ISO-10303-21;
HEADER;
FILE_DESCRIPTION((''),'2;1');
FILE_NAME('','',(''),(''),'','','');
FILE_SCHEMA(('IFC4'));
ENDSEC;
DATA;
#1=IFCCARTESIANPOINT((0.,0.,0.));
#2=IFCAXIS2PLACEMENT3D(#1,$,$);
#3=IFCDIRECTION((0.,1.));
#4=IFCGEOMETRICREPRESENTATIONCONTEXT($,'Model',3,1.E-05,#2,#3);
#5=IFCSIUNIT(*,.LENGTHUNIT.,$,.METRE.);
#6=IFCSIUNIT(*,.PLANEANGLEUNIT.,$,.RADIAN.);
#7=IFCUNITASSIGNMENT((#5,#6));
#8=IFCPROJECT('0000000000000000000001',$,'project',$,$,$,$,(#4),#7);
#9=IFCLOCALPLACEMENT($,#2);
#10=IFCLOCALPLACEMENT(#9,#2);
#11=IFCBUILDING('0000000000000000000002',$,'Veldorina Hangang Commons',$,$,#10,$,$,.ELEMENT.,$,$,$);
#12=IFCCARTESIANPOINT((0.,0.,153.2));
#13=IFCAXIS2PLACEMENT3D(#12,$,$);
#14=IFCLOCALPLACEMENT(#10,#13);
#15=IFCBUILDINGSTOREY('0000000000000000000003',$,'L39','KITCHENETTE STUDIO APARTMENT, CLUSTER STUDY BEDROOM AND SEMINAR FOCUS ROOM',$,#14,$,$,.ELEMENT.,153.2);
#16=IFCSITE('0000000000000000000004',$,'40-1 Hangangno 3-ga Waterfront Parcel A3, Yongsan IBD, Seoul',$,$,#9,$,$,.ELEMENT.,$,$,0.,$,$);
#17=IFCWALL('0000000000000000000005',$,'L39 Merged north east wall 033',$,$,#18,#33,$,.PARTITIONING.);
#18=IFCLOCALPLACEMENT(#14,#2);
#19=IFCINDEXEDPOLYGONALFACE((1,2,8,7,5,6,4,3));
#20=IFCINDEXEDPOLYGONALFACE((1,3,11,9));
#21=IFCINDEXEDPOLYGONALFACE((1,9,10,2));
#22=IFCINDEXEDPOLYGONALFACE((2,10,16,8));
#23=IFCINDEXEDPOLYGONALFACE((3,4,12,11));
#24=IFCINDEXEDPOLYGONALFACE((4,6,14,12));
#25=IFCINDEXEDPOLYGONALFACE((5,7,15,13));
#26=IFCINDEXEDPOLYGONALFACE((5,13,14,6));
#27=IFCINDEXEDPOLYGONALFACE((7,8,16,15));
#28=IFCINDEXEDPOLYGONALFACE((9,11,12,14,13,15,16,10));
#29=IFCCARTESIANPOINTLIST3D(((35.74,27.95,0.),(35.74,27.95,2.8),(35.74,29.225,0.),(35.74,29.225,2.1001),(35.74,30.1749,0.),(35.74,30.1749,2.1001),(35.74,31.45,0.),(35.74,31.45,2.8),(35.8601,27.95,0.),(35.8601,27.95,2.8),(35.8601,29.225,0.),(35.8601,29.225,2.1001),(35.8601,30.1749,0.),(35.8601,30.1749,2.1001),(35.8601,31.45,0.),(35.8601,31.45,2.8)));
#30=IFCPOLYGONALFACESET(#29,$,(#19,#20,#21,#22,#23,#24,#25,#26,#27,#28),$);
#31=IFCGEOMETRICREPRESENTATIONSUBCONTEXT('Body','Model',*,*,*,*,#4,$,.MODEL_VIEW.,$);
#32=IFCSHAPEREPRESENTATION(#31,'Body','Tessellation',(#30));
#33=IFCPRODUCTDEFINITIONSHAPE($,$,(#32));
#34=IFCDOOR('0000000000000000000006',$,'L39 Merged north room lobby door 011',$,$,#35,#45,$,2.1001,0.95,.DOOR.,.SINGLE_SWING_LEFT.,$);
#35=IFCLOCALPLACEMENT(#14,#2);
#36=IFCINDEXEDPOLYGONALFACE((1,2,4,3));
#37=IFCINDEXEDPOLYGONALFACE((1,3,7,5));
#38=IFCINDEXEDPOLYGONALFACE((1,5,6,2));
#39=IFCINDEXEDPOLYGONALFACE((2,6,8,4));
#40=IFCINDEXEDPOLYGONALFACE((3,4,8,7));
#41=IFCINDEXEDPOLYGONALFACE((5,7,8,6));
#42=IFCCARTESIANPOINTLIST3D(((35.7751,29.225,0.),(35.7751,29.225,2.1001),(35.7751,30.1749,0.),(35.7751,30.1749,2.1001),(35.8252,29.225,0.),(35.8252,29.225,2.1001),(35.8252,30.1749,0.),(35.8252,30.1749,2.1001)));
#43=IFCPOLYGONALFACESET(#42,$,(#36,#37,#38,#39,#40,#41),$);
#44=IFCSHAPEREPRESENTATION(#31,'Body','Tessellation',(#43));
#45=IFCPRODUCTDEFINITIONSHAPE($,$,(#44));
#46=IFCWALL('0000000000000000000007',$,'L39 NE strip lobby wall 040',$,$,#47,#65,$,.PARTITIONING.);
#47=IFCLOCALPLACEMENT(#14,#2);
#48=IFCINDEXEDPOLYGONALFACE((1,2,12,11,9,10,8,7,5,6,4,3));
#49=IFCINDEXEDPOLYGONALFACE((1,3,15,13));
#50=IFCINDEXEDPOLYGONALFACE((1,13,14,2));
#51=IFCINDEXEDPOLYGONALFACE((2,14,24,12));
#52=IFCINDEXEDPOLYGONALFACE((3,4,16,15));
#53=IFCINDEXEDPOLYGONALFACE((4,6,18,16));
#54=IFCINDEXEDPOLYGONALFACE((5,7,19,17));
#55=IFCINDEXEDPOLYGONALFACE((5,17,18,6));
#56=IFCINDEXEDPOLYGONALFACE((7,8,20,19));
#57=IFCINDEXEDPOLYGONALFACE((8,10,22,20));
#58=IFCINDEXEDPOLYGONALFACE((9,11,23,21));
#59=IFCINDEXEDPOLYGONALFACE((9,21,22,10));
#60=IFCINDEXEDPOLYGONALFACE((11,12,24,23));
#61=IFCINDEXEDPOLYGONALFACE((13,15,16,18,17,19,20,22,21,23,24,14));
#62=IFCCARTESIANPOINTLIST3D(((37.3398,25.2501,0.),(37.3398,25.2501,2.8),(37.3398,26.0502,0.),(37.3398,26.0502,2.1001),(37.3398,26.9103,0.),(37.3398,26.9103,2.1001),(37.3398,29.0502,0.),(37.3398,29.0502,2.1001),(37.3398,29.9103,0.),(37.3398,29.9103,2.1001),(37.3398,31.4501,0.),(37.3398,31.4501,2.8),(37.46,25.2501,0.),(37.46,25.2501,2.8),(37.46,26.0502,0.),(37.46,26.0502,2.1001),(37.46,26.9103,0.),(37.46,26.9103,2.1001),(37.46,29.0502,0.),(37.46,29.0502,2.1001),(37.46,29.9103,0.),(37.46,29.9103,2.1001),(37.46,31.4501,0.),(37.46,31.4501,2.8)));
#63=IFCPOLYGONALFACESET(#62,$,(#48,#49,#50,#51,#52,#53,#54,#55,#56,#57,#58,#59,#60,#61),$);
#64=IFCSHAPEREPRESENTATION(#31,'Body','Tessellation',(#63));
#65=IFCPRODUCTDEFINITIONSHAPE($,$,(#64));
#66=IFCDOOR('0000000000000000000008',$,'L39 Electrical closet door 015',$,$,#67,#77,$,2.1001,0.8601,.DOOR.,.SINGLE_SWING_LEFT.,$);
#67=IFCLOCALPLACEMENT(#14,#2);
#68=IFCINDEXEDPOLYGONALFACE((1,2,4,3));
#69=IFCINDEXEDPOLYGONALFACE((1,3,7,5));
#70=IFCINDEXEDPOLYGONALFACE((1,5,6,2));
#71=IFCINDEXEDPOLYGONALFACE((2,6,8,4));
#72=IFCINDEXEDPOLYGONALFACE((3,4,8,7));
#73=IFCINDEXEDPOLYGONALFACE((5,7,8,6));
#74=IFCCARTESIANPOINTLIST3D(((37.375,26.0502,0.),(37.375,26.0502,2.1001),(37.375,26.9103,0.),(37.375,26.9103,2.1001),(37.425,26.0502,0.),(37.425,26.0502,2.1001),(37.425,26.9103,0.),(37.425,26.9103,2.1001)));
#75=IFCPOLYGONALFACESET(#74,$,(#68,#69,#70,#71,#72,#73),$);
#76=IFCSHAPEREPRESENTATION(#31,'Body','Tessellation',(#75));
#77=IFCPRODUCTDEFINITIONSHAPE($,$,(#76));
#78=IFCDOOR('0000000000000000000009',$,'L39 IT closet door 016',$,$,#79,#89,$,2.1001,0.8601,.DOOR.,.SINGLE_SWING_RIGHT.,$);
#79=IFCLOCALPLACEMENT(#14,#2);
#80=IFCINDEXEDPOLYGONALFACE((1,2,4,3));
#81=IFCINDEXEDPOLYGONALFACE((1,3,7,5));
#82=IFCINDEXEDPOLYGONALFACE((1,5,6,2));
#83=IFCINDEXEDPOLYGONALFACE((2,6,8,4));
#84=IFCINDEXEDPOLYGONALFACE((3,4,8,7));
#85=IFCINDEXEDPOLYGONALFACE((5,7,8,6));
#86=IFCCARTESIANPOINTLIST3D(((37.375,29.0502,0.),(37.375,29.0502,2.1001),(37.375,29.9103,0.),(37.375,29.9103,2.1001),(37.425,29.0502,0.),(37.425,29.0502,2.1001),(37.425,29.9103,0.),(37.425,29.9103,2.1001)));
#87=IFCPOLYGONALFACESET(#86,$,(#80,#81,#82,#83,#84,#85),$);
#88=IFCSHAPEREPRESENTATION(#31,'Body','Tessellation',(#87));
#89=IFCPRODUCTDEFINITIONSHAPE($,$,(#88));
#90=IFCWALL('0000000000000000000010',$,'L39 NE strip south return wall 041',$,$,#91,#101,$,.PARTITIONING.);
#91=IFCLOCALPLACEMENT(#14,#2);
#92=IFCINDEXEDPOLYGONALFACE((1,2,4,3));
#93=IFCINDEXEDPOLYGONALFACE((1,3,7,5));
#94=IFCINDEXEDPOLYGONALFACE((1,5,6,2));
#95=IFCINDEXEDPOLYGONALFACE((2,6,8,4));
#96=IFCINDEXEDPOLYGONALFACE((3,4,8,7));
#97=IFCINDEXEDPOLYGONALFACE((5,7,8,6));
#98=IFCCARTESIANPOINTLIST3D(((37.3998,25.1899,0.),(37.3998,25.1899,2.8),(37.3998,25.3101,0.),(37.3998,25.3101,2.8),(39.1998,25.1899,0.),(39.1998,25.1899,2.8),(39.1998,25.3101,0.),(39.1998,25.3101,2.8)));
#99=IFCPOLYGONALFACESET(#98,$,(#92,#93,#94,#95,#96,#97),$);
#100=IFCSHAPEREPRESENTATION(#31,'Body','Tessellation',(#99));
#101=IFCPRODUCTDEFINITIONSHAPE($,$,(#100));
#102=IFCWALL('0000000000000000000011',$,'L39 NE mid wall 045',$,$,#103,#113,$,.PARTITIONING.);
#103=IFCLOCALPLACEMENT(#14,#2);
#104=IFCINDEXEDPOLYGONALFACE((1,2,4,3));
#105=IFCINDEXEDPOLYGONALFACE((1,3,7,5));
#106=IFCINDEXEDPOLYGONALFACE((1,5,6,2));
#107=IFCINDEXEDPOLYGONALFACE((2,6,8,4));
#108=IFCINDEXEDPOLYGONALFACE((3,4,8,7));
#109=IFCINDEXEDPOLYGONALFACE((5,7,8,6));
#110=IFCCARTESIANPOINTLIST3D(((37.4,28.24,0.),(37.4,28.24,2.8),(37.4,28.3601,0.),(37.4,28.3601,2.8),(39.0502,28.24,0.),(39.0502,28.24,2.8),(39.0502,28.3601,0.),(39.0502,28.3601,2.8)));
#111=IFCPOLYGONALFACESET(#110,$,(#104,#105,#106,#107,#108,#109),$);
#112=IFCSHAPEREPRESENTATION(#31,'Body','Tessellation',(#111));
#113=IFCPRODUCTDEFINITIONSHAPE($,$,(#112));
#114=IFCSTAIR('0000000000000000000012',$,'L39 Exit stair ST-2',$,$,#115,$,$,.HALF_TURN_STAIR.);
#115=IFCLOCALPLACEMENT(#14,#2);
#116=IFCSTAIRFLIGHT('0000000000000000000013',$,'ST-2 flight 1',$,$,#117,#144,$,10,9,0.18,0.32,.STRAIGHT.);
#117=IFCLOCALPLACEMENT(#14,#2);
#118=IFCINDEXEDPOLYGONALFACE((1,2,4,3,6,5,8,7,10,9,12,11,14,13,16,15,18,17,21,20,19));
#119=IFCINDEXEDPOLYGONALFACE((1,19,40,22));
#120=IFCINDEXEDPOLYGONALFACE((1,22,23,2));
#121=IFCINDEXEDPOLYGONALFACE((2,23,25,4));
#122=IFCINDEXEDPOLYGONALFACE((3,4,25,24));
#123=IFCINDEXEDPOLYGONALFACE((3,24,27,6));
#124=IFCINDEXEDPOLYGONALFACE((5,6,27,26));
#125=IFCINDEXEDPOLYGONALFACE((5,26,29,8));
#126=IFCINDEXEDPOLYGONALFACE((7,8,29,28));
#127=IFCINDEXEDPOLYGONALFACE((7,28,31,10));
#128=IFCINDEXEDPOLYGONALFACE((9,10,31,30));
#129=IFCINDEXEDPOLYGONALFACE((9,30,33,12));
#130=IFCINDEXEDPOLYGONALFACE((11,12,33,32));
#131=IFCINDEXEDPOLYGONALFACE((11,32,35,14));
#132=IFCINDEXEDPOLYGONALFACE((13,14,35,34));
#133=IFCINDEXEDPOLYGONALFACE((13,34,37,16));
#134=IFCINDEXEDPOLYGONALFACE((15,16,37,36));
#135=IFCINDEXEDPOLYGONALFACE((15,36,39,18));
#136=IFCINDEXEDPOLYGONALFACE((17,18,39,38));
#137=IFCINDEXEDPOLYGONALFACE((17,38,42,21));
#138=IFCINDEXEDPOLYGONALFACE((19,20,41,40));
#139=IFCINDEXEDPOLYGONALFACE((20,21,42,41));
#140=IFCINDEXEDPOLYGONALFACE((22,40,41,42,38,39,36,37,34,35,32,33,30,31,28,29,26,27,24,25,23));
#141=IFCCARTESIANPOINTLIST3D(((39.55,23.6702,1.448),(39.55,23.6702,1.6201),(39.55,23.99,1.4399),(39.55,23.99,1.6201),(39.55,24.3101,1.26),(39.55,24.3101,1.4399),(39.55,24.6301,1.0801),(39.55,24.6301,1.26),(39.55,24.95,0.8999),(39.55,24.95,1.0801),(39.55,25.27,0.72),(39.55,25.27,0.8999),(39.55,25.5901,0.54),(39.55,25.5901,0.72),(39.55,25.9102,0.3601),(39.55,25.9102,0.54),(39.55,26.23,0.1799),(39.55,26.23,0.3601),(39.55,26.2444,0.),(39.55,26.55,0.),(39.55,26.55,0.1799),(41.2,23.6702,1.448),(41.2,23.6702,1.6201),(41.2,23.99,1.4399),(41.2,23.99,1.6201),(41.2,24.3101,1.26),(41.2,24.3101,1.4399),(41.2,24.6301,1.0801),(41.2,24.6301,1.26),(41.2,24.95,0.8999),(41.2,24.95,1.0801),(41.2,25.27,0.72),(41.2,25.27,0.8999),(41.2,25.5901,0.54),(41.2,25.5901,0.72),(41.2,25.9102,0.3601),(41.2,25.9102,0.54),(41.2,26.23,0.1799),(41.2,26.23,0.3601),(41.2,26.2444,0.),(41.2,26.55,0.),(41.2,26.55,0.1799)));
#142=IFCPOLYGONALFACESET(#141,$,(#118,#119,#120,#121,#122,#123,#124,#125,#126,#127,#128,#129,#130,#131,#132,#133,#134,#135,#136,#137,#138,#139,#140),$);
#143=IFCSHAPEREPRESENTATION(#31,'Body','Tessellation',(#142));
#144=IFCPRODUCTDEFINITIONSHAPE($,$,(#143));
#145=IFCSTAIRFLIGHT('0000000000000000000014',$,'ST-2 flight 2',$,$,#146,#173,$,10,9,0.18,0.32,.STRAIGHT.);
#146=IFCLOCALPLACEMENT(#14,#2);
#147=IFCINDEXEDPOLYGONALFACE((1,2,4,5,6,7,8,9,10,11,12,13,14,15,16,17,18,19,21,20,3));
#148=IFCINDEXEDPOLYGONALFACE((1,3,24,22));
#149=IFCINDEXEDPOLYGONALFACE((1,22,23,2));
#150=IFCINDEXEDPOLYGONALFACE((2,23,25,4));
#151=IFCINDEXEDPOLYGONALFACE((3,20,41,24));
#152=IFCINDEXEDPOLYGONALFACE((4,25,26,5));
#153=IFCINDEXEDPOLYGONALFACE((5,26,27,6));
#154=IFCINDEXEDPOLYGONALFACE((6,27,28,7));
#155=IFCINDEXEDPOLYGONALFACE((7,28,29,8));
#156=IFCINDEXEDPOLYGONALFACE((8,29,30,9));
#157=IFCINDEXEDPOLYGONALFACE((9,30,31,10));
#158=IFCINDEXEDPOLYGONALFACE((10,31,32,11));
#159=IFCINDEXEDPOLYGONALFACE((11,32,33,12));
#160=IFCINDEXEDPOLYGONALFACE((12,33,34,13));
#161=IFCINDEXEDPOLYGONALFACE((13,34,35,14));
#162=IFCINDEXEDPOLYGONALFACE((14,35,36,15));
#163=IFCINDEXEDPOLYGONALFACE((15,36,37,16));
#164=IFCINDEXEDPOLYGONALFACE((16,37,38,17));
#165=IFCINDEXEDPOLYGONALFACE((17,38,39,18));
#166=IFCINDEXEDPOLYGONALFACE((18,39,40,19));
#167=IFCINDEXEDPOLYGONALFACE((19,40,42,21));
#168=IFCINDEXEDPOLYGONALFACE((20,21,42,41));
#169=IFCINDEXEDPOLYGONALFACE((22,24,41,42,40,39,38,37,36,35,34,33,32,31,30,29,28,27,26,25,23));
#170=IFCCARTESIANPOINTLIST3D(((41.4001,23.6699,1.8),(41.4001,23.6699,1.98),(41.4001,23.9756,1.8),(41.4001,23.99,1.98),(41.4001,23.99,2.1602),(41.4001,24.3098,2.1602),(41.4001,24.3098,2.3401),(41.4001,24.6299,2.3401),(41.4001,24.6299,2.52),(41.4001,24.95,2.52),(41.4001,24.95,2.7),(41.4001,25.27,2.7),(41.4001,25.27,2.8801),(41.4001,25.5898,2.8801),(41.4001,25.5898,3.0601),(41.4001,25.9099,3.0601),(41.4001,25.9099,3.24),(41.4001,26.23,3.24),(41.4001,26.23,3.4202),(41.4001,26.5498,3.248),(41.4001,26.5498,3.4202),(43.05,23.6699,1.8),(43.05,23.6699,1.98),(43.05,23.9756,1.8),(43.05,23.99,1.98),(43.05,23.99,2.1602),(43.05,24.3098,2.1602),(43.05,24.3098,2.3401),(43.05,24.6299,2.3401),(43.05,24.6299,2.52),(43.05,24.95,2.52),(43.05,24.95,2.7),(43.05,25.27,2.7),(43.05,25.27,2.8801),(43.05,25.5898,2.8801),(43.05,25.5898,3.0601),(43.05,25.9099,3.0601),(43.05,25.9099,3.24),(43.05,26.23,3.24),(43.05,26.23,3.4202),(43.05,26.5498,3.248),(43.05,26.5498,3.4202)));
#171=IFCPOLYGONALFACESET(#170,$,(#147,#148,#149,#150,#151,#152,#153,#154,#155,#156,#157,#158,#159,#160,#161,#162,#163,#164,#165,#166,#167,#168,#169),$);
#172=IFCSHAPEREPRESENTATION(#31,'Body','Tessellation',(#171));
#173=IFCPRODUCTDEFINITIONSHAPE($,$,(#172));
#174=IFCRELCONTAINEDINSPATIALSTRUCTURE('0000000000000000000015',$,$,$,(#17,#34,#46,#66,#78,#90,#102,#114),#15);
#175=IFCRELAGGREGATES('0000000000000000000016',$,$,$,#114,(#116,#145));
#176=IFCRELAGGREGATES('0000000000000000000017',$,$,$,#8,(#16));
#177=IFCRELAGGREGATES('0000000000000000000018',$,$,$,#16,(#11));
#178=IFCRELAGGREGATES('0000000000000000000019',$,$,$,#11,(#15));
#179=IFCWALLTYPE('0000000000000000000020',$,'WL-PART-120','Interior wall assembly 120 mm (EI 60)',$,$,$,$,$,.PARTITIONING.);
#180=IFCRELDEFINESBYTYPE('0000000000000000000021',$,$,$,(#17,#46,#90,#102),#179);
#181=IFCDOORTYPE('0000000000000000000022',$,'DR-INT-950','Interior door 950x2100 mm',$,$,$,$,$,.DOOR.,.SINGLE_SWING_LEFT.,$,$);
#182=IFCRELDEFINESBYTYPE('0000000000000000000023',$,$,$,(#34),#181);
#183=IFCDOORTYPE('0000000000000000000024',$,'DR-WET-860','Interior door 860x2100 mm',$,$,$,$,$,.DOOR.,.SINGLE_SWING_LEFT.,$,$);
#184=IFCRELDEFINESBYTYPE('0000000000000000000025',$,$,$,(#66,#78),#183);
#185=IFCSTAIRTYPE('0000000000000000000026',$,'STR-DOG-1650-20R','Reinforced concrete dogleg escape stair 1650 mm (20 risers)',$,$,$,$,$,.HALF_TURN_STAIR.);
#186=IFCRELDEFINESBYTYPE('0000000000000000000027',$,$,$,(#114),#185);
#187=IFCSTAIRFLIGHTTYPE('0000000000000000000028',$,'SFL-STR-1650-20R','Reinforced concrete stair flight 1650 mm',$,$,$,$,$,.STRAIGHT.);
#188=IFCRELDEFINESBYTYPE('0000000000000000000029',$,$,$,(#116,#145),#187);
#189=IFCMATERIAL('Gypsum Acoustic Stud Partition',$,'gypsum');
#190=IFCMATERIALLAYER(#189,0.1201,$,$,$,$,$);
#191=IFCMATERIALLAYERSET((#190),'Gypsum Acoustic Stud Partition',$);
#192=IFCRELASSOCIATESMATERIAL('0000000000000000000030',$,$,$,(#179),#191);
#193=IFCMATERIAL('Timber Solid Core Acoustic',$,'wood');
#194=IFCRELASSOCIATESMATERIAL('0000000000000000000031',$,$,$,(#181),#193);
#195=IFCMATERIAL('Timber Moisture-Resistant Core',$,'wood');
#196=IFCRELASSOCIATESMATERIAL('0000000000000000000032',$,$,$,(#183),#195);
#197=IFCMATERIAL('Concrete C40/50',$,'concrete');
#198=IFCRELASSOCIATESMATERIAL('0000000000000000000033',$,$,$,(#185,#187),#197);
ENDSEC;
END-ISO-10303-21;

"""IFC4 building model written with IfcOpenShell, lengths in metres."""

from ifc_helpers import new_model, si_unit, direction, frame, frame_2d, origin, place, context, subcontext, project, spatial, polyline, rectangle, outline, extrude, material, layer, layer_set, type_object, element, fill, aggregate, save


model = new_model("IFC4")

# Units and contexts
model_context = context("Model", 3, precision=1e-05, world=origin(), true_north=direction((0.0, 1.0)))
body_context = subcontext(model_context, "Body", "Model", "MODEL_VIEW")
ifc_project = project(units=[si_unit("LENGTHUNIT", "METRE"), si_unit("PLANEANGLEUNIT", "RADIAN")], contexts=[model_context])

# Site, building, storey
site_placement = place(None, origin())
site = spatial("IfcSite", under=ifc_project, at=site_placement, Name="40-1 Hangangno 3-ga Waterfront Parcel A3, Yongsan IBD, Seoul", CompositionType="ELEMENT", RefElevation=0.0)
building_placement = place(site_placement, origin())
building = spatial("IfcBuilding", under=site, at=building_placement, Name="Veldorina Hangang Commons", CompositionType="ELEMENT")
storey_placement = place(building_placement, frame((0.0, 0.0, 153.2)))
storey = spatial("IfcBuildingStorey", under=building, at=storey_placement, Name="L39", Description="KITCHENETTE STUDIO APARTMENT, CLUSTER STUDY BEDROOM AND SEMINAR FOCUS ROOM", CompositionType="ELEMENT", Elevation=153.2)

# Wall, opening, door
ifc_material_1 = material(Name="Gypsum Acoustic Stud Partition", Category="gypsum")
ifc_layer_1 = layer(ifc_material_1, 0.1201)
ifc_layer_set_1 = layer_set([ifc_layer_1], Name="Gypsum Acoustic Stud Partition")
wall_type_1 = type_object("IfcWallType", Name="WL-PART-120", Description="Interior wall assembly 120 mm (EI 60)", PredefinedType="PARTITIONING", material=ifc_layer_set_1)
wall_1_placement = place(storey_placement, frame((35.8, 27.95, 0.0), z_axis=(0.0, 0.0, 1.0), x_axis=(0.0, 1.0, 0.0)))
wall_1 = element("IfcWall", 1, at=wall_1_placement, inside=storey, type_object=wall_type_1, Name="L39 Merged north east wall 033", PredefinedType="PARTITIONING", context=body_context, shape_type="SweptSolid", body=[
    extrude(rectangle(XDim=3.5, YDim=0.1201, at=frame_2d((1.75, 0.0))), origin(), (0.0, 0.0, 1.0), 2.8),
])
opening_1_placement = place(wall_1_placement, frame((1.2749, 0.0, 0.0)))
opening_1 = element("IfcOpeningElement", 2, at=opening_1_placement, cuts=wall_1, PredefinedType="OPENING", context=body_context, shape_type="SweptSolid", body=[
    extrude(rectangle(XDim=0.95, YDim=2.1001, at=frame_2d((0.4751, 1.05))), frame((0.0, 0.0701, 0.0), z_axis=(0.0, -1.0, 0.0), x_axis=(1.0, 0.0, 0.0)), (0.0, 0.0, 1.0), 0.1401),
])
ifc_material_2 = material(Name="Timber Solid Core Acoustic", Category="wood")
door_type_1 = type_object("IfcDoorType", Name="DR-INT-950", Description="Interior door 950x2100 mm", OperationType="SINGLE_SWING_LEFT", PredefinedType="DOOR", material=ifc_material_2)
door_1_placement = place(opening_1_placement, origin())
door_1 = element("IfcDoor", 3, at=door_1_placement, inside=storey, type_object=door_type_1, Name="L39 Merged north room lobby door 011", OperationType="SINGLE_SWING_LEFT", OverallHeight=2.1001, OverallWidth=0.95, PredefinedType="DOOR", context=body_context, shape_type="SweptSolid", body=[
    extrude(rectangle(XDim=0.95, YDim=2.1001, at=frame_2d((0.4751, 1.05))), frame((0.0, 0.0249, 0.0), z_axis=(0.0, -1.0, 0.0), x_axis=(1.0, 0.0, 0.0)), (0.0, 0.0, 1.0), 0.05),
])
fill(opening_1, door_1)

# Wall, openings, doors
wall_2_placement = place(storey_placement, frame((37.3999, 25.25, 0.0), z_axis=(0.0, 0.0, 1.0), x_axis=(0.0, 1.0, 0.0)))
wall_2 = element("IfcWall", 4, at=wall_2_placement, inside=storey, type_object=wall_type_1, Name="L39 NE strip lobby wall 040", PredefinedType="PARTITIONING", context=body_context, shape_type="SweptSolid", body=[
    extrude(rectangle(XDim=6.2, YDim=0.1201, at=frame_2d((3.1001, 0.0))), origin(), (0.0, 0.0, 1.0), 2.8),
])
opening_2_placement = place(wall_2_placement, frame((0.8, 0.0, 0.0)))
opening_2 = element("IfcOpeningElement", 5, at=opening_2_placement, cuts=wall_2, PredefinedType="OPENING", context=body_context, shape_type="SweptSolid", body=[
    extrude(rectangle(XDim=0.8601, YDim=2.1001, at=frame_2d((0.4302, 1.05))), frame((0.0, 0.0701, 0.0), z_axis=(0.0, -1.0, 0.0), x_axis=(1.0, 0.0, 0.0)), (0.0, 0.0, 1.0), 0.1401),
])
opening_3_placement = place(wall_2_placement, frame((3.8, 0.0, 0.0)))
opening_3 = element("IfcOpeningElement", 6, at=opening_3_placement, cuts=wall_2, PredefinedType="OPENING", context=body_context, shape_type="SweptSolid", body=[
    extrude(rectangle(XDim=0.8601, YDim=2.1001, at=frame_2d((0.4302, 1.05))), frame((0.0, 0.0701, 0.0), z_axis=(0.0, -1.0, 0.0), x_axis=(1.0, 0.0, 0.0)), (0.0, 0.0, 1.0), 0.1401),
])
ifc_material_3 = material(Name="Timber Moisture-Resistant Core", Category="wood")
door_type_2 = type_object("IfcDoorType", Name="DR-WET-860", Description="Interior door 860x2100 mm", OperationType="SINGLE_SWING_LEFT", PredefinedType="DOOR", material=ifc_material_3)
door_2_placement = place(opening_2_placement, origin())
door_2 = element("IfcDoor", 7, at=door_2_placement, inside=storey, type_object=door_type_2, Name="L39 Electrical closet door 015", OperationType="SINGLE_SWING_LEFT", OverallHeight=2.1001, OverallWidth=0.8601, PredefinedType="DOOR", context=body_context, shape_type="SweptSolid", body=[
    extrude(rectangle(XDim=0.8601, YDim=2.1001, at=frame_2d((0.4302, 1.05))), frame((0.0, 0.0249, 0.0), z_axis=(0.0, -1.0, 0.0), x_axis=(1.0, 0.0, 0.0)), (0.0, 0.0, 1.0), 0.05),
])
fill(opening_2, door_2)
door_3_placement = place(opening_3_placement, origin())
door_3 = element("IfcDoor", 8, at=door_3_placement, inside=storey, type_object=door_type_2, Name="L39 IT closet door 016", OperationType="SINGLE_SWING_RIGHT", OverallHeight=2.1001, OverallWidth=0.8601, PredefinedType="DOOR", context=body_context, shape_type="SweptSolid", body=[
    extrude(rectangle(XDim=0.8601, YDim=2.1001, at=frame_2d((0.4302, 1.05))), frame((0.0, 0.0249, 0.0), z_axis=(0.0, -1.0, 0.0), x_axis=(1.0, 0.0, 0.0)), (0.0, 0.0, 1.0), 0.05),
])
fill(opening_3, door_3)

# Walls
wall_3_placement = place(storey_placement, frame((37.3999, 25.25, 0.0), z_axis=(0.0, 0.0, 1.0), x_axis=(1.0, 0.0, 0.0)))
element("IfcWall", 9, at=wall_3_placement, inside=storey, type_object=wall_type_1, Name="L39 NE strip south return wall 041", PredefinedType="PARTITIONING", context=body_context, shape_type="SweptSolid", body=[
    extrude(rectangle(XDim=1.8, YDim=0.1201, at=frame_2d((0.8999, 0.0))), origin(), (0.0, 0.0, 1.0), 2.8),
])
wall_4_placement = place(storey_placement, frame((37.3999, 28.3, 0.0), z_axis=(0.0, 0.0, 1.0), x_axis=(1.0, 0.0, 0.0)))
element("IfcWall", 10, at=wall_4_placement, inside=storey, type_object=wall_type_1, Name="L39 NE mid wall 045", PredefinedType="PARTITIONING", context=body_context, shape_type="SweptSolid", body=[
    extrude(rectangle(XDim=1.6501, YDim=0.1201, at=frame_2d((0.8252, 0.0))), origin(), (0.0, 0.0, 1.0), 2.8),
])

# Stair, stair flights
ifc_material_4 = material(Name="Concrete C40/50", Category="concrete")
stair_type = type_object("IfcStairType", Name="STR-DOG-1650-20R", Description="Reinforced concrete dogleg escape stair 1650 mm (20 risers)", PredefinedType="HALF_TURN_STAIR", material=ifc_material_4)
stair_placement = place(storey_placement, origin())
stair = element("IfcStair", 11, at=stair_placement, inside=storey, type_object=stair_type, Name="L39 Exit stair ST-2", PredefinedType="HALF_TURN_STAIR")
stair_flight_type = type_object("IfcStairFlightType", Name="SFL-STR-1650-20R", Description="Reinforced concrete stair flight 1650 mm", PredefinedType="STRAIGHT", material=ifc_material_4)
stair_flight_1_placement = place(storey_placement, frame((40.375, 26.55, 0.0), z_axis=(0.0, 0.0, 1.0), x_axis=(0.0, -1.0, 0.0)))
stair_flight_1 = element("IfcStairFlight", 12, at=stair_flight_1_placement, type_object=stair_flight_type, Name="ST-2 flight 1", NumberOfRisers=10, NumberOfTreads=9, PredefinedType="STRAIGHT", RiserHeight=0.18, TreadLength=0.32, context=body_context, shape_type="SweptSolid", body=[
    extrude(outline(polyline([(0.0, 0.0), (0.0, 0.1799), (0.3201, 0.1799), (0.3201, 0.3601), (0.6399, 0.3601), (0.6399, 0.54), (0.96, 0.54), (0.96, 0.72), (1.28, 0.72), (1.28, 0.8999), (1.6001, 0.8999), (1.6001, 1.0801), (1.9199, 1.0801), (1.9199, 1.26), (2.24, 1.26), (2.24, 1.4399), (2.5601, 1.4399), (2.5601, 1.6201), (2.8799, 1.6201), (2.8799, 1.8), (2.8799, 1.448), (0.3057, 0.0), (0.0, 0.0)])), frame((0.0, 0.825, 0.0), z_axis=(0.0, -1.0, 0.0), x_axis=(1.0, 0.0, 0.0)), (0.0, 0.0, 1.0), 1.6499),
])
stair_flight_2_placement = place(storey_placement, frame((42.2251, 23.6699, 1.8), z_axis=(0.0, 0.0, 1.0), x_axis=(0.0, 1.0, 0.0)))
stair_flight_2 = element("IfcStairFlight", 13, at=stair_flight_2_placement, type_object=stair_flight_type, Name="ST-2 flight 2", NumberOfRisers=10, NumberOfTreads=9, PredefinedType="STRAIGHT", RiserHeight=0.18, TreadLength=0.32, context=body_context, shape_type="SweptSolid", body=[
    extrude(outline(polyline([(0.0, 0.0), (0.0, 0.1799), (0.3201, 0.1799), (0.3201, 0.3601), (0.6399, 0.3601), (0.6399, 0.54), (0.96, 0.54), (0.96, 0.72), (1.28, 0.72), (1.28, 0.8999), (1.6001, 0.8999), (1.6001, 1.0801), (1.9199, 1.0801), (1.9199, 1.26), (2.24, 1.26), (2.24, 1.4399), (2.5601, 1.4399), (2.5601, 1.6201), (2.8799, 1.6201), (2.8799, 1.8), (2.8799, 1.448), (0.3057, 0.0), (0.0, 0.0)])), frame((0.0, 0.825, 0.0), z_axis=(0.0, -1.0, 0.0), x_axis=(1.0, 0.0, 0.0)), (0.0, 0.0, 1.0), 1.6499),
])
aggregate(stair, [stair_flight_1, stair_flight_2])

save(model, "model.ifc")
